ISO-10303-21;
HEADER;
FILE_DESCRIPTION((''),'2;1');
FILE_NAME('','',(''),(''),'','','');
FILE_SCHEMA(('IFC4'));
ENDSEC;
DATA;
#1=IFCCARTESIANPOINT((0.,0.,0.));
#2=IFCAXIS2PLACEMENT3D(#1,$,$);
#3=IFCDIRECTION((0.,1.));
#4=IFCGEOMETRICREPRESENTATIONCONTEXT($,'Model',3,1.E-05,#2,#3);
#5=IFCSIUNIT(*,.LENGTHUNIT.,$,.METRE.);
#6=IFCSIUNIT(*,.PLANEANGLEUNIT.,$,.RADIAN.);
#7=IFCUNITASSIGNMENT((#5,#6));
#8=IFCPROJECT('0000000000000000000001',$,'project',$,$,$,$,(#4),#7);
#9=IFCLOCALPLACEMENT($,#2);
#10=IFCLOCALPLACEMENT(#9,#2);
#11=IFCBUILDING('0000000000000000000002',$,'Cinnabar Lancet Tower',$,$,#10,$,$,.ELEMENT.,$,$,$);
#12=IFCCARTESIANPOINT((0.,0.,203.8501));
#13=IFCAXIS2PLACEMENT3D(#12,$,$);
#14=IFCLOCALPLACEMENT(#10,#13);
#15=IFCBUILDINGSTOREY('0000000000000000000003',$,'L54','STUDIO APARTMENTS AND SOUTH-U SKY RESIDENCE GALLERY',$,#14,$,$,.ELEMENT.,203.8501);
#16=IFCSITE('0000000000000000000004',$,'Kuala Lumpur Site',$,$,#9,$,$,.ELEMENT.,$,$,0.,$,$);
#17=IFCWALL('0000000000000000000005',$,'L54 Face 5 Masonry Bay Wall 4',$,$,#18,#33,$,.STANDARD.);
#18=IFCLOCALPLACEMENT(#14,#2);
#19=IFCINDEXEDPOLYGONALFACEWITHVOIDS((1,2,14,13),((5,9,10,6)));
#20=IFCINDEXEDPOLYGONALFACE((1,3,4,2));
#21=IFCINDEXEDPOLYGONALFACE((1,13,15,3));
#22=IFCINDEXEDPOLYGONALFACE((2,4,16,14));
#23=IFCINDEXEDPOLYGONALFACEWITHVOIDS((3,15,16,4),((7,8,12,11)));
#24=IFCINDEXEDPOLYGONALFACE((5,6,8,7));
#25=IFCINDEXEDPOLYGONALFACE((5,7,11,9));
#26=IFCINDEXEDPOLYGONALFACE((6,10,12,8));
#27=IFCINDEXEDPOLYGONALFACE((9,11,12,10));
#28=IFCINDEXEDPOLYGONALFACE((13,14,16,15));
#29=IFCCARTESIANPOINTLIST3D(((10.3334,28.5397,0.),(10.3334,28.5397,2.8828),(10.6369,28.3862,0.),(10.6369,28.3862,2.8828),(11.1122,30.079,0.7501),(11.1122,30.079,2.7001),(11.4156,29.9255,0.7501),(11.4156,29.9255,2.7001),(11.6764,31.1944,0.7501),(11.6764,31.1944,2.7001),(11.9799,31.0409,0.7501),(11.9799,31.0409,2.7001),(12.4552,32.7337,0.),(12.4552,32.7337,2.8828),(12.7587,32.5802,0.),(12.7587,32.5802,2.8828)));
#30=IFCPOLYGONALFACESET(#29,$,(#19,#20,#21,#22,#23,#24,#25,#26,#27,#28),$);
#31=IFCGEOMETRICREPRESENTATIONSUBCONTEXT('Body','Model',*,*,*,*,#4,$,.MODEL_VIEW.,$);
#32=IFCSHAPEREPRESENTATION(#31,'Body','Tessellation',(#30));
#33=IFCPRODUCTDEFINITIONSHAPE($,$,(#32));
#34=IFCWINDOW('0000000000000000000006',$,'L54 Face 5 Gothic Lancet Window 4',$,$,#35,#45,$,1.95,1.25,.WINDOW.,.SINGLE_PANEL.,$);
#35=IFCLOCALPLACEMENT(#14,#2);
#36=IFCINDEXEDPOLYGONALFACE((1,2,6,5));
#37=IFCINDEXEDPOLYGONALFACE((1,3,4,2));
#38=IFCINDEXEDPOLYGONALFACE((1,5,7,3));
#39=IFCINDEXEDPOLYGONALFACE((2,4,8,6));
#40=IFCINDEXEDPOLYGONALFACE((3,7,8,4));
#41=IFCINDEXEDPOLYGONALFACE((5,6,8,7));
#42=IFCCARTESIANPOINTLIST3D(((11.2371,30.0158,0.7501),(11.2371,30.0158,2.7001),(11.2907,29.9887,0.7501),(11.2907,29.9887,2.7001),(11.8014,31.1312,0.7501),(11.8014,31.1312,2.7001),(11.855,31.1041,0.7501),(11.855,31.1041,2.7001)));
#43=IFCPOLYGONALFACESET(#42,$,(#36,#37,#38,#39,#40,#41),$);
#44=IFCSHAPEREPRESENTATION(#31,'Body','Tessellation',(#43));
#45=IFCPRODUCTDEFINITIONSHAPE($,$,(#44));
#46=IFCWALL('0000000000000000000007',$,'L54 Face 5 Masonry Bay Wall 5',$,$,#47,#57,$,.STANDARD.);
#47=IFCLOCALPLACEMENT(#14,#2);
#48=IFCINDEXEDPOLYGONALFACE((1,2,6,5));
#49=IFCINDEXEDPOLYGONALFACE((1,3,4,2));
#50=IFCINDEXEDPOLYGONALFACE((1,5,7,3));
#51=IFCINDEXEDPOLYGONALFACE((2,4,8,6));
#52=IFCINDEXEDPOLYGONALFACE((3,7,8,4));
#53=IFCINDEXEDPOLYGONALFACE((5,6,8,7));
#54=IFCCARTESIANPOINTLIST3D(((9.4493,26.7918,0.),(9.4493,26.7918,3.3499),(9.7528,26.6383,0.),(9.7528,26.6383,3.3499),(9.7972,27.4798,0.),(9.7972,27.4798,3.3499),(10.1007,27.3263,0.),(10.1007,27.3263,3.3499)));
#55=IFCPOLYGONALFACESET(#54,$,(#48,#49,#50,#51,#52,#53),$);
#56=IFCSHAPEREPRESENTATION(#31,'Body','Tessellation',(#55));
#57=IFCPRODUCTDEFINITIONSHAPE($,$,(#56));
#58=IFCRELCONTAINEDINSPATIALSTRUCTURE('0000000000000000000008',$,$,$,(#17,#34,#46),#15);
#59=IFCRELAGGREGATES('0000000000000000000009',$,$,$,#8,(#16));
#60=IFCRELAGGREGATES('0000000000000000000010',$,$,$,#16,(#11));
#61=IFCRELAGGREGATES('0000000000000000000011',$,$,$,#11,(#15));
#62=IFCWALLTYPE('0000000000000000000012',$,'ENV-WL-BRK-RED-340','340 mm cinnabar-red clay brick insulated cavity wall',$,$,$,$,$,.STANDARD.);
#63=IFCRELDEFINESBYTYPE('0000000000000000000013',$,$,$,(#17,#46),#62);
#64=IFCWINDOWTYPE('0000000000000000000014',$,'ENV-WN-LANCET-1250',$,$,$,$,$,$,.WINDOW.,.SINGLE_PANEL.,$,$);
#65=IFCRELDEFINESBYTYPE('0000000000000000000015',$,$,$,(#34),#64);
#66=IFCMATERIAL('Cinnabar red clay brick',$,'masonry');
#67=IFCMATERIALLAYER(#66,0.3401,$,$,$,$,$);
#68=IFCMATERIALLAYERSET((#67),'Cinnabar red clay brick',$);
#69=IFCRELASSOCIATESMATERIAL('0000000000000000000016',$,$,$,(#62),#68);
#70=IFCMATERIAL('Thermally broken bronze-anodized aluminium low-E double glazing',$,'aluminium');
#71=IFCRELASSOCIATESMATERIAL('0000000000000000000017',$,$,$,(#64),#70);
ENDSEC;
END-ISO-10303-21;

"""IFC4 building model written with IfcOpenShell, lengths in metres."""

from ifc_helpers import new_model, si_unit, direction, frame, frame_2d, origin, place, context, subcontext, project, spatial, rectangle, extrude, material, layer, layer_set, type_object, element, fill, save


model = new_model("IFC4")

# Units and contexts
model_context = context("Model", 3, precision=1e-05, world=origin(), true_north=direction((0.0, 1.0)))
body_context = subcontext(model_context, "Body", "Model", "MODEL_VIEW")
ifc_project = project(units=[si_unit("LENGTHUNIT", "METRE"), si_unit("PLANEANGLEUNIT", "RADIAN")], contexts=[model_context])

# Site, building, storey
site_placement = place(None, origin())
site = spatial("IfcSite", under=ifc_project, at=site_placement, Name="Kuala Lumpur Site", CompositionType="ELEMENT", RefElevation=0.0)
building_placement = place(site_placement, origin())
building = spatial("IfcBuilding", under=site, at=building_placement, Name="Cinnabar Lancet Tower", CompositionType="ELEMENT")
storey_placement = place(building_placement, frame((0.0, 0.0, 203.8501)))
storey = spatial("IfcBuildingStorey", under=building, at=storey_placement, Name="L54", Description="STUDIO APARTMENTS AND SOUTH-U SKY RESIDENCE GALLERY", CompositionType="ELEMENT", Elevation=203.8501)

# Wall, opening, window
ifc_material_1 = material(Name="Cinnabar red clay brick", Category="masonry")
ifc_layer_1 = layer(ifc_material_1, 0.3401)
ifc_layer_set_1 = layer_set([ifc_layer_1], Name="Cinnabar red clay brick")
wall_type_1 = type_object("IfcWallType", Name="ENV-WL-BRK-RED-340", Description="340 mm cinnabar-red clay brick insulated cavity wall", PredefinedType="STANDARD", material=ifc_layer_set_1)
wall_1_placement = place(storey_placement, frame((12.6069, 32.657, 0.0), z_axis=(0.0, 0.0, 1.0), x_axis=(-0.451426, -0.892308, 0.0)))
wall_1 = element("IfcWall", 1, at=wall_1_placement, inside=storey, type_object=wall_type_1, Name="L54 Face 5 Masonry Bay Wall 4", PredefinedType="STANDARD", context=body_context, shape_type="SweptSolid", body=[
    extrude(rectangle(XDim=4.7002, YDim=0.3401, at=frame_2d((2.3501, 0.0))), origin(), (0.0, 0.0, 1.0), 2.8828),
])
opening_1_placement = place(wall_1_placement, frame((1.7251, 0.0, 0.75)))
opening_1 = element("IfcOpeningElement", 2, at=opening_1_placement, cuts=wall_1, PredefinedType="OPENING", context=body_context, shape_type="SweptSolid", body=[
    extrude(rectangle(XDim=1.25, YDim=1.95, at=frame_2d((0.625, 0.9751))), frame((0.0, 0.1799, 0.0), z_axis=(0.0, -1.0, 0.0), x_axis=(1.0, 0.0, 0.0)), (0.0, 0.0, 1.0), 0.3601),
])
ifc_material_2 = material(Name="Thermally broken bronze-anodized aluminium low-E double glazing", Category="aluminium")
window_type_1 = type_object("IfcWindowType", Name="ENV-WN-LANCET-1250", PartitioningType="SINGLE_PANEL", PredefinedType="WINDOW", material=ifc_material_2)
window_1_placement = place(opening_1_placement, origin())
window_1 = element("IfcWindow", 3, at=window_1_placement, inside=storey, type_object=window_type_1, Name="L54 Face 5 Gothic Lancet Window 4", OverallHeight=1.95, OverallWidth=1.25, PartitioningType="SINGLE_PANEL", PredefinedType="WINDOW", context=body_context, shape_type="SweptSolid", body=[
    extrude(rectangle(XDim=1.25, YDim=1.95, at=frame_2d((0.625, 0.9751))), frame((0.0, 0.03, 0.0), z_axis=(0.0, -1.0, 0.0), x_axis=(1.0, 0.0, 0.0)), (0.0, 0.0, 1.0), 0.0601),
])
fill(opening_1, window_1)

# Wall
wall_2_placement = place(storey_placement, frame((9.949, 27.4031, 0.0), z_axis=(0.0, 0.0, 1.0), x_axis=(-0.451262, -0.892391, 0.0)))
element("IfcWall", 4, at=wall_2_placement, inside=storey, type_object=wall_type_1, Name="L54 Face 5 Masonry Bay Wall 5", PredefinedType="STANDARD", context=body_context, shape_type="SweptSolid", body=[
    extrude(rectangle(XDim=0.771, YDim=0.3401, at=frame_2d((0.3855, 0.0))), origin(), (0.0, 0.0, 1.0), 3.3499),
])

save(model, "model.ifc")
